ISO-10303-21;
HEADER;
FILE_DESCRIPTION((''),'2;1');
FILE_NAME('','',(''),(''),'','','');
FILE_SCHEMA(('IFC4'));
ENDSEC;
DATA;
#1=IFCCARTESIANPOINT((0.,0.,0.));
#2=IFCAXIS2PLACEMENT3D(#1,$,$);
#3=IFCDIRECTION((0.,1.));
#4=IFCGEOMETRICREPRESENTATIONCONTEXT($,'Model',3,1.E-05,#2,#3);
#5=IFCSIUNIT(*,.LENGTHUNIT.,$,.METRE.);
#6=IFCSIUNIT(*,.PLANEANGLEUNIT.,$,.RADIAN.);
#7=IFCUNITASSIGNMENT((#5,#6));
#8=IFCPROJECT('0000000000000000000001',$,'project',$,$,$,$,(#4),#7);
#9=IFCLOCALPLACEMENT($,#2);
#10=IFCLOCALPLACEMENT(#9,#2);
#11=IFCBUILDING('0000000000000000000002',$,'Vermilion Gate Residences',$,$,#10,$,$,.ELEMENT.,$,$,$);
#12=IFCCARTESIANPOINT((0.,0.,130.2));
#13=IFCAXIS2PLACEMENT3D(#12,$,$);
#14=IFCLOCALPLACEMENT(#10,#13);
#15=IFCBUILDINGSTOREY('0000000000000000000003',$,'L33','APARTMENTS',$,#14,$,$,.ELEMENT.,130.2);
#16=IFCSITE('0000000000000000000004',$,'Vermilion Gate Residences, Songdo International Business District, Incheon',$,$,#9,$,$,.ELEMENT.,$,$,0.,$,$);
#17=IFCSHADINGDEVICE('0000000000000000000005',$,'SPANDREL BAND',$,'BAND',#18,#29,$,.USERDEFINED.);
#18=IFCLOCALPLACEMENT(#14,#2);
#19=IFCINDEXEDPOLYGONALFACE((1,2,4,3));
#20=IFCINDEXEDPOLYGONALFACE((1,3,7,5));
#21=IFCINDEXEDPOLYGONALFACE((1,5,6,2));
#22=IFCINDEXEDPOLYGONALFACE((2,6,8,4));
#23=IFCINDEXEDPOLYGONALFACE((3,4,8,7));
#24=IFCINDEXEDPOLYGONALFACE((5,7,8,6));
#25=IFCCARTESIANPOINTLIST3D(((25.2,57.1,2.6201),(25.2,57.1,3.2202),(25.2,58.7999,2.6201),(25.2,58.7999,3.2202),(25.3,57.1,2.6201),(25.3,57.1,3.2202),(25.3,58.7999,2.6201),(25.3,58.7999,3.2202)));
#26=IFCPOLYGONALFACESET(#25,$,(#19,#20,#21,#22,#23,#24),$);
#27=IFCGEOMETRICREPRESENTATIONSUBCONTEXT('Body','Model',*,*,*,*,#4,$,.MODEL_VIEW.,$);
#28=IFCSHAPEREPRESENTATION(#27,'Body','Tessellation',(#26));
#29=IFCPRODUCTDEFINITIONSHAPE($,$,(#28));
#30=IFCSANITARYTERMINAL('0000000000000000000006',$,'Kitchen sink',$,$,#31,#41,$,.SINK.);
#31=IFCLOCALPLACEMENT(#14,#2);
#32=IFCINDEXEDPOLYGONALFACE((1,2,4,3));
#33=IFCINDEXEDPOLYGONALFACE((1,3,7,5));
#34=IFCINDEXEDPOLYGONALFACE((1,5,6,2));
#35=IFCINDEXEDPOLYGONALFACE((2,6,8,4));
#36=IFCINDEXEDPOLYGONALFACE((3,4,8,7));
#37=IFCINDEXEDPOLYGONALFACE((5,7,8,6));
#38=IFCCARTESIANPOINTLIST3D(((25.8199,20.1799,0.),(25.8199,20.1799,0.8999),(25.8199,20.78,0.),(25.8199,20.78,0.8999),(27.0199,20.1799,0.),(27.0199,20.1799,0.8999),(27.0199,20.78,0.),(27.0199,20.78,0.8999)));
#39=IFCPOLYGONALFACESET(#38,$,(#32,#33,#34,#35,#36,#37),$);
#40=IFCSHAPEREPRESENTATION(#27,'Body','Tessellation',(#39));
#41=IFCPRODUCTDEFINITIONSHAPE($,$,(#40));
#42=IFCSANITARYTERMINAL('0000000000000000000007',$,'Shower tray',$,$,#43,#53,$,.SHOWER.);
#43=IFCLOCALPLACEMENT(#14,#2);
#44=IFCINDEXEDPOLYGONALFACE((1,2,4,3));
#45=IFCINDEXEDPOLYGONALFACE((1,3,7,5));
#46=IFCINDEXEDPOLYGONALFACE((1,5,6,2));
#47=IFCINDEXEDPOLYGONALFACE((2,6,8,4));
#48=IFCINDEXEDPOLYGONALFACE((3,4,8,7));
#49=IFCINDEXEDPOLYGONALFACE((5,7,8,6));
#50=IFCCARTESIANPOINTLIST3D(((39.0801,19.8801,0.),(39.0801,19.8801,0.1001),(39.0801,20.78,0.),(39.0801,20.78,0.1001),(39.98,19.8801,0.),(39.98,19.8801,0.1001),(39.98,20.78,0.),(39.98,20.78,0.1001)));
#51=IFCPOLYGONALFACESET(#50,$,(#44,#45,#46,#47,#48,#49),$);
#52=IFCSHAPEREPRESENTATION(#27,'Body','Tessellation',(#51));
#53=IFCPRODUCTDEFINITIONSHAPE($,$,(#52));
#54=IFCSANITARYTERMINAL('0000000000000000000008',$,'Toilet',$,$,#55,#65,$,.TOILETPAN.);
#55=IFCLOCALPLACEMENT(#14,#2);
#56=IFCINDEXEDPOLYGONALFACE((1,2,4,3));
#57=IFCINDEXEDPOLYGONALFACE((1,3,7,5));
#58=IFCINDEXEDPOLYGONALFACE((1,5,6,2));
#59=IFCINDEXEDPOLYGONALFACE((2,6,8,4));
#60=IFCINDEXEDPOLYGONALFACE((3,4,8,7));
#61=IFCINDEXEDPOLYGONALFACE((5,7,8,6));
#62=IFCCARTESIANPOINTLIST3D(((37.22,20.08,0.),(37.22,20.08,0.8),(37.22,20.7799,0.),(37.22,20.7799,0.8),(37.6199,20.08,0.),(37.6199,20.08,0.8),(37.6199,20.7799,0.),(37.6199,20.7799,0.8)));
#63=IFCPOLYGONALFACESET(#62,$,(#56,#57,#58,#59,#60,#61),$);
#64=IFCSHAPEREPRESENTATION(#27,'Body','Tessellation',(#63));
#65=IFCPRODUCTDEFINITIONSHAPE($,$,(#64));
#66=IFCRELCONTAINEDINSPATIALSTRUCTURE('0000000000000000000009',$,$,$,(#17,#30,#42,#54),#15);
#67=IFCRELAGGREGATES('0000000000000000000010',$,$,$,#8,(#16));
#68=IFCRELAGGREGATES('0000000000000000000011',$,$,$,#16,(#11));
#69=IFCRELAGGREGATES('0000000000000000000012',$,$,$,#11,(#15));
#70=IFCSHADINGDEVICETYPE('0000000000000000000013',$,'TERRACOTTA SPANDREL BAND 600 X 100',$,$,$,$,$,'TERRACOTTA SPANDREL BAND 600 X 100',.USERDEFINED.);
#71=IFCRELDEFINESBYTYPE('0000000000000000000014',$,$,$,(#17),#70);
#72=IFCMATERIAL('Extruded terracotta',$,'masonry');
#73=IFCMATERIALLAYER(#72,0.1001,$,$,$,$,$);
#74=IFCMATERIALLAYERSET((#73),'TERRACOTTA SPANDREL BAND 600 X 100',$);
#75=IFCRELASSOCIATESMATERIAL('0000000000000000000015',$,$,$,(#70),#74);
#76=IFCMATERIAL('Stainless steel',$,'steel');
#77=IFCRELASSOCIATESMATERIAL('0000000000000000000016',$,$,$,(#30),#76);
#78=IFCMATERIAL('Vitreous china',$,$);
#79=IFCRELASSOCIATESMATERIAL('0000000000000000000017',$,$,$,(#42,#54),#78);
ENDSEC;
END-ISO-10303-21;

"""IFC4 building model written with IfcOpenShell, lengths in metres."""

from ifc_helpers import new_model, si_unit, direction, frame, origin, origin_2d, place, context, subcontext, project, spatial, rectangle, extrude, material, layer, layer_set, type_object, element, save


model = new_model("IFC4")

# Units and contexts
model_context = context("Model", 3, precision=1e-05, world=origin(), true_north=direction((0.0, 1.0)))
body_context = subcontext(model_context, "Body", "Model", "MODEL_VIEW")
ifc_project = project(units=[si_unit("LENGTHUNIT", "METRE"), si_unit("PLANEANGLEUNIT", "RADIAN")], contexts=[model_context])

# Site, building, storey
site_placement = place(None, origin())
site = spatial("IfcSite", under=ifc_project, at=site_placement, Name="Vermilion Gate Residences, Songdo International Business District, Incheon", CompositionType="ELEMENT", RefElevation=0.0)
building_placement = place(site_placement, origin())
building = spatial("IfcBuilding", under=site, at=building_placement, Name="Vermilion Gate Residences", CompositionType="ELEMENT")
storey_placement = place(building_placement, frame((0.0, 0.0, 130.2)))
storey = spatial("IfcBuildingStorey", under=building, at=storey_placement, Name="L33", Description="APARTMENTS", CompositionType="ELEMENT", Elevation=130.2)

# Shading device
ifc_material_1 = material(Name="Extruded terracotta", Category="masonry")
ifc_layer_1 = layer(ifc_material_1, 0.1001)
ifc_layer_set_1 = layer_set([ifc_layer_1], Name="TERRACOTTA SPANDREL BAND 600 X 100")
shading_device_type_1 = type_object("IfcShadingDeviceType", Name="TERRACOTTA SPANDREL BAND 600 X 100", ElementType="TERRACOTTA SPANDREL BAND 600 X 100", PredefinedType="USERDEFINED", material=ifc_layer_set_1)
shading_device_1_placement = place(storey_placement, frame((25.25, 57.95, 2.6201), z_axis=(0.0, 0.0, 1.0), x_axis=(0.0, 1.0, 0.0)))
element("IfcShadingDevice", 1, at=shading_device_1_placement, inside=storey, type_object=shading_device_type_1, Name="SPANDREL BAND", ObjectType="BAND", PredefinedType="USERDEFINED", context=body_context, shape_type="SweptSolid", body=[
    extrude(rectangle(XDim=1.7, YDim=0.1001, at=origin_2d()), origin(), (0.0, 0.0, 1.0), 0.6001),
])

# Sanitary terminals
ifc_material_2 = material(Name="Stainless steel", Category="steel")
sanitary_terminal_1_placement = place(storey_placement, frame((26.4199, 20.48, 0.0), z_axis=(0.0, 0.0, 1.0), x_axis=(1.0, 0.0, 0.0)))
element("IfcSanitaryTerminal", 2, at=sanitary_terminal_1_placement, inside=storey, material=ifc_material_2, Name="Kitchen sink", PredefinedType="SINK", context=body_context, shape_type="SweptSolid", body=[
    extrude(rectangle(XDim=1.2, YDim=0.6001, at=origin_2d()), origin(), (0.0, 0.0, 1.0), 0.8999),
])
ifc_material_3 = material(Name="Vitreous china")
sanitary_terminal_2_placement = place(storey_placement, frame((39.53, 20.3301, 0.0), z_axis=(0.0, 0.0, 1.0), x_axis=(1.0, 0.0, 0.0)))
element("IfcSanitaryTerminal", 3, at=sanitary_terminal_2_placement, inside=storey, material=ifc_material_3, Name="Shower tray", PredefinedType="SHOWER", context=body_context, shape_type="SweptSolid", body=[
    extrude(rectangle(XDim=0.8999, YDim=0.8999, at=origin_2d()), origin(), (0.0, 0.0, 1.0), 0.1001),
])
sanitary_terminal_3_placement = place(storey_placement, frame((37.4199, 20.4299, 0.0), z_axis=(0.0, 0.0, 1.0), x_axis=(1.0, 0.0, 0.0)))
element("IfcSanitaryTerminal", 4, at=sanitary_terminal_3_placement, inside=storey, material=ifc_material_3, Name="Toilet", PredefinedType="TOILETPAN", context=body_context, shape_type="SweptSolid", body=[
    extrude(rectangle(XDim=0.3999, YDim=0.7, at=origin_2d()), origin(), (0.0, 0.0, 1.0), 0.8),
])

save(model, "model.ifc")
